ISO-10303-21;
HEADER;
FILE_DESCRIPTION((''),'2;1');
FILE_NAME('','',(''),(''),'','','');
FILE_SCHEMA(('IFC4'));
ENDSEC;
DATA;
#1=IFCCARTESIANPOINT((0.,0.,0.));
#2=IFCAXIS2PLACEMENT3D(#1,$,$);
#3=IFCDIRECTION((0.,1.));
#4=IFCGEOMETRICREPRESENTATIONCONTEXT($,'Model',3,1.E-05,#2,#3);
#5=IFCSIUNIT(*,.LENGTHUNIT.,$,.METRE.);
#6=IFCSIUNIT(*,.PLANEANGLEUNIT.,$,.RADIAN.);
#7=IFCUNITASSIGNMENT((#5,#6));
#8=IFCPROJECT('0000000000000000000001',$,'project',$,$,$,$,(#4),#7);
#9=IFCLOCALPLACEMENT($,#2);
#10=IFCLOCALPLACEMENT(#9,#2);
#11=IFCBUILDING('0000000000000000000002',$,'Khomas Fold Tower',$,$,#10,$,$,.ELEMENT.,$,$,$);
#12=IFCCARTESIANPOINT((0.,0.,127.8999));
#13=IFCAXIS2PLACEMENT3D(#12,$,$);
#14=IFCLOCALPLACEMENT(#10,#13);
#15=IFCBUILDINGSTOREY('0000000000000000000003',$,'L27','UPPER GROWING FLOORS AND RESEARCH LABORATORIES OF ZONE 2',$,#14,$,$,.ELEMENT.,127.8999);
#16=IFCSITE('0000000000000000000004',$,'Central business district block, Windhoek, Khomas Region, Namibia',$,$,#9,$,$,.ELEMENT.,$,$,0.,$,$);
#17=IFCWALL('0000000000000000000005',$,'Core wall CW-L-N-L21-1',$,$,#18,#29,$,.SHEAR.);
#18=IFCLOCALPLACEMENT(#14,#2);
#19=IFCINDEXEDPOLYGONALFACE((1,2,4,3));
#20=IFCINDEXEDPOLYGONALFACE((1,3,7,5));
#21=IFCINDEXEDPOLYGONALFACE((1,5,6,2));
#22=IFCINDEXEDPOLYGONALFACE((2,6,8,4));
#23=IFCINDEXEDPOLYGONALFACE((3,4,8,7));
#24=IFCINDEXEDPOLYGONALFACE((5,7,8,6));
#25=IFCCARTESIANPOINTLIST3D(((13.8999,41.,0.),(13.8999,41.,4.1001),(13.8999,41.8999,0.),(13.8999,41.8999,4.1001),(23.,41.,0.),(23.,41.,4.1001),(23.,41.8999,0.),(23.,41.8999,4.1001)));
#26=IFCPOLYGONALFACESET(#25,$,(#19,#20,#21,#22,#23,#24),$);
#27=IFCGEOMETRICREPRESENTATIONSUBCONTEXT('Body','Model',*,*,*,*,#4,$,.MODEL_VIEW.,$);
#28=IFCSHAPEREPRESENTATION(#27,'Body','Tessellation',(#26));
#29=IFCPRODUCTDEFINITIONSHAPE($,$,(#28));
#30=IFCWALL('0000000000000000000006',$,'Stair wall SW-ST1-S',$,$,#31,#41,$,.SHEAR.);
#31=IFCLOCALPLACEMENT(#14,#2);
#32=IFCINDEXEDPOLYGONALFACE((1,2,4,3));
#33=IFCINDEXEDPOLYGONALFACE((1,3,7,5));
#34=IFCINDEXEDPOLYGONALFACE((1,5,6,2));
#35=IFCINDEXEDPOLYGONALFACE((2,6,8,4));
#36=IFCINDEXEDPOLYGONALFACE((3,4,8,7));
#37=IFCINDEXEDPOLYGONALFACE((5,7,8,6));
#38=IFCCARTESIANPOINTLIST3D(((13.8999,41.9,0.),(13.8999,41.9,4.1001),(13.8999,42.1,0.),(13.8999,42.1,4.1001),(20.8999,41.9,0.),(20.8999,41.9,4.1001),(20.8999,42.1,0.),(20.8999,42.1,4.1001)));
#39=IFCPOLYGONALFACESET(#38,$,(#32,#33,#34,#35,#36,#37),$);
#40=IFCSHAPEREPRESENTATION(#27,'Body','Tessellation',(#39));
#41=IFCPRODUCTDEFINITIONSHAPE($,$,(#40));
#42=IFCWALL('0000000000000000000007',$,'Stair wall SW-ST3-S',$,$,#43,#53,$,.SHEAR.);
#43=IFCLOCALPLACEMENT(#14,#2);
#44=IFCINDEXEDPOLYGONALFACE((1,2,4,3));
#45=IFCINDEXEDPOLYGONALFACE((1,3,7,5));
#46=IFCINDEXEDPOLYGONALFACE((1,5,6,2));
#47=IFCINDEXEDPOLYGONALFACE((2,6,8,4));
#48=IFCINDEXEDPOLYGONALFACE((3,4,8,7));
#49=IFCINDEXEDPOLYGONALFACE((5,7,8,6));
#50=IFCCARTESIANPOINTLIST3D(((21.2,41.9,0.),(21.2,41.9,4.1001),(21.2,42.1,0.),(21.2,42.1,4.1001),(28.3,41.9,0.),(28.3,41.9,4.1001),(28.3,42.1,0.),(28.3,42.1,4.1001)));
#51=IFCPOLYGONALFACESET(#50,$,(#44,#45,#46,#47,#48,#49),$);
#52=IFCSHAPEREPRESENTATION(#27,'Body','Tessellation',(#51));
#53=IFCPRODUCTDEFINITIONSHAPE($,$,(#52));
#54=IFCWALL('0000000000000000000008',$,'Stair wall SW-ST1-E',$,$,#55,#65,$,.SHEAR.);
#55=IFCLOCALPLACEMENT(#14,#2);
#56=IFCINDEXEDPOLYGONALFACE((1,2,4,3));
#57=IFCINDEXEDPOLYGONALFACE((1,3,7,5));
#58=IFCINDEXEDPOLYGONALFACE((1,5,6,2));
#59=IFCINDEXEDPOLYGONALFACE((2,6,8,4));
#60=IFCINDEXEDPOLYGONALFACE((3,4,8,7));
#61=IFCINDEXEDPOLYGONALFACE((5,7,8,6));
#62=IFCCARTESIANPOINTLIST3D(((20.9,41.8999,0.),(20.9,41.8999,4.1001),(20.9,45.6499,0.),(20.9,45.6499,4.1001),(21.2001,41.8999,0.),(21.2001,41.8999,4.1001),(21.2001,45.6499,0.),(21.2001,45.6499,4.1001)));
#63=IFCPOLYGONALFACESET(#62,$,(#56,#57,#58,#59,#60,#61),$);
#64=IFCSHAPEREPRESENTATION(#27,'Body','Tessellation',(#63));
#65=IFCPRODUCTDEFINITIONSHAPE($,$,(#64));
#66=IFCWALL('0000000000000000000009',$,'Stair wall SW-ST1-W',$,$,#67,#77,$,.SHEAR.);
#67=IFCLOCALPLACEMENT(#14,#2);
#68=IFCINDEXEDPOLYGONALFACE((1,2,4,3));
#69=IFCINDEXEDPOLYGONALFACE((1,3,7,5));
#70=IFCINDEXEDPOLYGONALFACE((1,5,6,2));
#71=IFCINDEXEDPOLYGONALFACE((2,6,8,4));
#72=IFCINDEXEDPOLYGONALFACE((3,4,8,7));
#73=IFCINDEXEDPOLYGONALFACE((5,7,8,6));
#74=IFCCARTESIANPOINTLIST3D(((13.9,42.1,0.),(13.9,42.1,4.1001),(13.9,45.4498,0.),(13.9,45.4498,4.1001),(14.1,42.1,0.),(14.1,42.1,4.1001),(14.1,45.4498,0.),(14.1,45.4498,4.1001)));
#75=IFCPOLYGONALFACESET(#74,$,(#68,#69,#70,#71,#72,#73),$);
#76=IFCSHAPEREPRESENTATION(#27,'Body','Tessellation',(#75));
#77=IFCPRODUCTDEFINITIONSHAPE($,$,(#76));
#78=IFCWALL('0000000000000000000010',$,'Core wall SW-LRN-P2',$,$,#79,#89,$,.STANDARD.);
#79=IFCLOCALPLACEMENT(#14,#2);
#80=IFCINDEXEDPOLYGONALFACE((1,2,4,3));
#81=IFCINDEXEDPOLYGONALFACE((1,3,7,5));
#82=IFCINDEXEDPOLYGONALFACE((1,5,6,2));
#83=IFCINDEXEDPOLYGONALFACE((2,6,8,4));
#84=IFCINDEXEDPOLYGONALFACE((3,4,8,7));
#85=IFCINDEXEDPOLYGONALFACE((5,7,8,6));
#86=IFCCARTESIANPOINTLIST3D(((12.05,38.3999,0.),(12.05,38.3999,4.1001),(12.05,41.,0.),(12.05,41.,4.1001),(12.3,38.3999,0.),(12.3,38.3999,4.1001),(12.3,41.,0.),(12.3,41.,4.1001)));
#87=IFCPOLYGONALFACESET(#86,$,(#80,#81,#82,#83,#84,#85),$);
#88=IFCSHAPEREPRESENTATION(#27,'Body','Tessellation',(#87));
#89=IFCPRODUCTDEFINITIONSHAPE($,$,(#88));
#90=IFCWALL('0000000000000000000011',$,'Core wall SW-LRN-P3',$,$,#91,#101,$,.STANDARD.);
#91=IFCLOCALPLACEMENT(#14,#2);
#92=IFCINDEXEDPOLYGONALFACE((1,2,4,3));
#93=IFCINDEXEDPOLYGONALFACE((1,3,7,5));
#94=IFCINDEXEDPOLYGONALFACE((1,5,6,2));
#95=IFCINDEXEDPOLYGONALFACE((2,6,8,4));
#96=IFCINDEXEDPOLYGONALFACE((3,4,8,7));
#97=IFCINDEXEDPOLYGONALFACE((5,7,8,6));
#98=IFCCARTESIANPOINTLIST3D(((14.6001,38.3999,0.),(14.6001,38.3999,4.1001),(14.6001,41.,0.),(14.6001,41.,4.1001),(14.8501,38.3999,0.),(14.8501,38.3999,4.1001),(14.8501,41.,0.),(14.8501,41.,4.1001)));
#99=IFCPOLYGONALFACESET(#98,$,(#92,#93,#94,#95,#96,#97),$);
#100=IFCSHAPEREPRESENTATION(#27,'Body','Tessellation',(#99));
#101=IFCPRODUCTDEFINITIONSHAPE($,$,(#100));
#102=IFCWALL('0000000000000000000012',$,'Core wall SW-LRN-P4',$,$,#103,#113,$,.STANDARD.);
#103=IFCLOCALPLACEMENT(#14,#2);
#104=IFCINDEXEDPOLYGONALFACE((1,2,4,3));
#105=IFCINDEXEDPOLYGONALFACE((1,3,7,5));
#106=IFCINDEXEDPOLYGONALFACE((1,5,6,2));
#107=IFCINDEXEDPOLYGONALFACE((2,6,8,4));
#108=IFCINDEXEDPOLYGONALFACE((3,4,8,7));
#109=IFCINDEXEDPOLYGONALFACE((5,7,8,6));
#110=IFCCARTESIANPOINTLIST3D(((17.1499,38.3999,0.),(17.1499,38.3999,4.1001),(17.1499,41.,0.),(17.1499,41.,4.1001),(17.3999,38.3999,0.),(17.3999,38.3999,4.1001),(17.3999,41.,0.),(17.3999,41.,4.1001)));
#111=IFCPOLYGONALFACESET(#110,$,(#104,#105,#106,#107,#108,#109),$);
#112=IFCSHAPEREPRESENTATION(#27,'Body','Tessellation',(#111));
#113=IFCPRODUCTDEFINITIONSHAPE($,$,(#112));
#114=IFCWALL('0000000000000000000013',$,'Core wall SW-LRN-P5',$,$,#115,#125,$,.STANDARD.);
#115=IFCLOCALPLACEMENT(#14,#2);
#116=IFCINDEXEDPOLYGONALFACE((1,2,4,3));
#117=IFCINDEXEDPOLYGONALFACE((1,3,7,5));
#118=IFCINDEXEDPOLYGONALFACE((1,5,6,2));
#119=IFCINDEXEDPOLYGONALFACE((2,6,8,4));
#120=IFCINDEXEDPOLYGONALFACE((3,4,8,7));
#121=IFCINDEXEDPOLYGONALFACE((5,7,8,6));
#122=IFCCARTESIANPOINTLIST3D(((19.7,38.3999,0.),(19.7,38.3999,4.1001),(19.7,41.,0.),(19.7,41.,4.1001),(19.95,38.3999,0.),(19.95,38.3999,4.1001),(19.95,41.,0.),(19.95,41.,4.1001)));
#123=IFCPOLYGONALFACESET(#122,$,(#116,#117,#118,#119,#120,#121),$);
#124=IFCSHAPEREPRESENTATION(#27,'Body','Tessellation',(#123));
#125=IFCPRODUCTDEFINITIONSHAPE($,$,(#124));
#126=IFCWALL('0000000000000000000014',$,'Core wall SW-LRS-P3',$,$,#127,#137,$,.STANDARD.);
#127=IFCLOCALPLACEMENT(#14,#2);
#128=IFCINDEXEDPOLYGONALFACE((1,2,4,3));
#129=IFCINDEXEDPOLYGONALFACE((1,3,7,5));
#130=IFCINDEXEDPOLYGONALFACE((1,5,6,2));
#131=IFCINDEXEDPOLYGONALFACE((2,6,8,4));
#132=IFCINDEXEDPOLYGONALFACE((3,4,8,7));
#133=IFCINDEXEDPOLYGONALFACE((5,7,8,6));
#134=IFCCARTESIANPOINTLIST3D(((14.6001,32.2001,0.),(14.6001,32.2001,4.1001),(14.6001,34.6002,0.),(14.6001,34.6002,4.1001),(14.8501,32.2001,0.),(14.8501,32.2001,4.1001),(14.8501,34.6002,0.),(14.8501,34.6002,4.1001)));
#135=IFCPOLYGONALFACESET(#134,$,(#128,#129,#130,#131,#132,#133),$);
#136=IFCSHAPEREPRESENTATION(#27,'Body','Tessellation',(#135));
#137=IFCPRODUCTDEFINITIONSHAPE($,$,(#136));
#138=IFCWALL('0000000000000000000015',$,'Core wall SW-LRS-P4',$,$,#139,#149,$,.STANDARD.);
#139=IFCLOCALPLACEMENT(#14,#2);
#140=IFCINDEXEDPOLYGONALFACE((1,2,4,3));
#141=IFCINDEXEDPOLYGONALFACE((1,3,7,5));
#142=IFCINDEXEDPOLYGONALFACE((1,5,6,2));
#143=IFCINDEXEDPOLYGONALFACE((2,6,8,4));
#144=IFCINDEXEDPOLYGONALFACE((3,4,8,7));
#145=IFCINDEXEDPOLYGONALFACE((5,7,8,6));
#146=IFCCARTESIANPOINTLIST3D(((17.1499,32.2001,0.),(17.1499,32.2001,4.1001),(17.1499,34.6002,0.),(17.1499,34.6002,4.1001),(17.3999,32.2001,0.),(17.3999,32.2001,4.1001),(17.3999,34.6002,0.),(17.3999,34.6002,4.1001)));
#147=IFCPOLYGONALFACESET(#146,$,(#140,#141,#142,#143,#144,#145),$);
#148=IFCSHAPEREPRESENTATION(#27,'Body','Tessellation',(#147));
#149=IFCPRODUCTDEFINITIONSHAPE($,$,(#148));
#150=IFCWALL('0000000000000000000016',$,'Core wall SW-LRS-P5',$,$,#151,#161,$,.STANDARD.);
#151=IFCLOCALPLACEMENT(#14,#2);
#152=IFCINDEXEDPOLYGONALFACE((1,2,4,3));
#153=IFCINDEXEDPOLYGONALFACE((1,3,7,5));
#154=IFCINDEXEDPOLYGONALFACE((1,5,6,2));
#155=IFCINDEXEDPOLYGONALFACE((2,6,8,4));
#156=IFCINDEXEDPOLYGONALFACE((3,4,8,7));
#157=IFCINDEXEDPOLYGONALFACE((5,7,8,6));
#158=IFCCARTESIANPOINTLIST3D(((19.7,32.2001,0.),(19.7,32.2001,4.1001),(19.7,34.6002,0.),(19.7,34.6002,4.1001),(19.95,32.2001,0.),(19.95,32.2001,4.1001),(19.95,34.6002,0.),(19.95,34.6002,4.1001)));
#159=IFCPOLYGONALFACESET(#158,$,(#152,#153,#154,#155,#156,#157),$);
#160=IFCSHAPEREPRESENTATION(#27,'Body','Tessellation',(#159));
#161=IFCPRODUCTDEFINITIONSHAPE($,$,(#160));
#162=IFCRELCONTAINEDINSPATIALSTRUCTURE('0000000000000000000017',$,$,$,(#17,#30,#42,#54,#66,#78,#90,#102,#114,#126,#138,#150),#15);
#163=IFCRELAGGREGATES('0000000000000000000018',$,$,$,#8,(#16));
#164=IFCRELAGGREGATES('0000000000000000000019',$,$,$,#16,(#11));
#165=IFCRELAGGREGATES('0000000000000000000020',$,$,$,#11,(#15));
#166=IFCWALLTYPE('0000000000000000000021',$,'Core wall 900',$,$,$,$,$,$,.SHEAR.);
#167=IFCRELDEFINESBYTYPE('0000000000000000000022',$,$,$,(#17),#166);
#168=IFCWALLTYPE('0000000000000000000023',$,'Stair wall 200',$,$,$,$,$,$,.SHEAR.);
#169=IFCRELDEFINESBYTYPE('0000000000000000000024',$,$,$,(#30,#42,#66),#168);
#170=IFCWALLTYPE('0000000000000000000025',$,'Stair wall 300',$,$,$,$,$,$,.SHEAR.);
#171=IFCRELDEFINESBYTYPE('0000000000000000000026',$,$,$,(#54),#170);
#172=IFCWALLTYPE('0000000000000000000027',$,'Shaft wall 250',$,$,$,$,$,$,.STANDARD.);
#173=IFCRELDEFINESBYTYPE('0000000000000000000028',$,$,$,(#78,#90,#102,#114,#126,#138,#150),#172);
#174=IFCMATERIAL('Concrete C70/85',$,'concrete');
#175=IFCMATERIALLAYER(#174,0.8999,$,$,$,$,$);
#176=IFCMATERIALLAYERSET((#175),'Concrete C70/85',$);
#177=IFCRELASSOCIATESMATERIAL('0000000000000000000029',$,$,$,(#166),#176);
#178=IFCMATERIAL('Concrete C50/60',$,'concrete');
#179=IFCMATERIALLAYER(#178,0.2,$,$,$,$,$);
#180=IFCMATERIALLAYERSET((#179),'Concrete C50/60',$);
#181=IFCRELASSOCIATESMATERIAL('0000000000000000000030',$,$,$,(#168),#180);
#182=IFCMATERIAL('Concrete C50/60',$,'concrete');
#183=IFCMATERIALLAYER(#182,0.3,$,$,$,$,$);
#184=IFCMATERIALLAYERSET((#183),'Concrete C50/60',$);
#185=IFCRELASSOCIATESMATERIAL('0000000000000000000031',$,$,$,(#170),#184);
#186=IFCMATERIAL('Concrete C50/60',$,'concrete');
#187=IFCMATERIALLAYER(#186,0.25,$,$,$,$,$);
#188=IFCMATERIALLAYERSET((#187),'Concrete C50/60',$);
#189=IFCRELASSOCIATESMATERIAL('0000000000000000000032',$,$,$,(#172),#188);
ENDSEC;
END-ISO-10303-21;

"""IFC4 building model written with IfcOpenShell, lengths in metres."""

from ifc_helpers import new_model, si_unit, direction, frame, frame_2d, origin, place, context, subcontext, project, spatial, rectangle, extrude, source, transform, mapped, material, layer, layer_set, type_object, element, save


model = new_model("IFC4")

# Units and contexts
model_context = context("Model", 3, precision=1e-05, world=origin(), true_north=direction((0.0, 1.0)))
body_context = subcontext(model_context, "Body", "Model", "MODEL_VIEW")
ifc_project = project(units=[si_unit("LENGTHUNIT", "METRE"), si_unit("PLANEANGLEUNIT", "RADIAN")], contexts=[model_context])

# Site, building, storey
site_placement = place(None, origin())
site = spatial("IfcSite", under=ifc_project, at=site_placement, Name="Central business district block, Windhoek, Khomas Region, Namibia", CompositionType="ELEMENT", RefElevation=0.0)
building_placement = place(site_placement, origin())
building = spatial("IfcBuilding", under=site, at=building_placement, Name="Khomas Fold Tower", CompositionType="ELEMENT")
storey_placement = place(building_placement, frame((0.0, 0.0, 127.8999)))
storey = spatial("IfcBuildingStorey", under=building, at=storey_placement, Name="L27", Description="UPPER GROWING FLOORS AND RESEARCH LABORATORIES OF ZONE 2", CompositionType="ELEMENT", Elevation=127.8999)

# Walls
ifc_material_1 = material(Name="Concrete C70/85", Category="concrete")
ifc_layer_1 = layer(ifc_material_1, 0.8999)
ifc_layer_set_1 = layer_set([ifc_layer_1], Name="Concrete C70/85")
wall_type_1 = type_object("IfcWallType", Name="Core wall 900", PredefinedType="SHEAR", material=ifc_layer_set_1)
shared_shape_1 = source(origin(), body_context, "Body", "SweptSolid", [
    extrude(rectangle(XDim=9.1001, YDim=0.8999, at=frame_2d((4.55, 0.0))), origin(), (0.0, 0.0, 1.0), 4.1001),
])
wall_1_placement = place(storey_placement, frame((13.8999, 41.45, 0.0), z_axis=(0.0, 0.0, 1.0), x_axis=(1.0, 0.0, 0.0)))
element("IfcWall", 1, at=wall_1_placement, inside=storey, type_object=wall_type_1, Name="Core wall CW-L-N-L21-1", PredefinedType="SHEAR", context=body_context, shape_type="MappedRepresentation", body=[
    mapped(shared_shape_1, transform((0.0, 0.0, 0.0))),
])
ifc_material_2 = material(Name="Concrete C50/60", Category="concrete")
ifc_layer_2 = layer(ifc_material_2, 0.2)
ifc_layer_set_2 = layer_set([ifc_layer_2], Name="Concrete C50/60")
wall_type_2 = type_object("IfcWallType", Name="Stair wall 200", PredefinedType="SHEAR", material=ifc_layer_set_2)
shared_shape_2 = source(origin(), body_context, "Body", "SweptSolid", [
    extrude(rectangle(XDim=7.0, YDim=0.2, at=frame_2d((3.5, 0.0))), origin(), (0.0, 0.0, 1.0), 4.1001),
])
wall_2_placement = place(storey_placement, frame((13.8999, 42.0, 0.0), z_axis=(0.0, 0.0, 1.0), x_axis=(1.0, 0.0, 0.0)))
element("IfcWall", 2, at=wall_2_placement, inside=storey, type_object=wall_type_2, Name="Stair wall SW-ST1-S", PredefinedType="SHEAR", context=body_context, shape_type="MappedRepresentation", body=[
    mapped(shared_shape_2, transform((0.0, 0.0, 0.0))),
])
shared_shape_3 = source(origin(), body_context, "Body", "SweptSolid", [
    extrude(rectangle(XDim=7.1001, YDim=0.2, at=frame_2d((3.55, 0.0))), origin(), (0.0, 0.0, 1.0), 4.1001),
])
wall_3_placement = place(storey_placement, frame((21.2, 42.0, 0.0), z_axis=(0.0, 0.0, 1.0), x_axis=(1.0, 0.0, 0.0)))
element("IfcWall", 3, at=wall_3_placement, inside=storey, type_object=wall_type_2, Name="Stair wall SW-ST3-S", PredefinedType="SHEAR", context=body_context, shape_type="MappedRepresentation", body=[
    mapped(shared_shape_3, transform((0.0, 0.0, 0.0))),
])
ifc_material_3 = material(Name="Concrete C50/60", Category="concrete")
ifc_layer_3 = layer(ifc_material_3, 0.3)
ifc_layer_set_3 = layer_set([ifc_layer_3], Name="Concrete C50/60")
wall_type_3 = type_object("IfcWallType", Name="Stair wall 300", PredefinedType="SHEAR", material=ifc_layer_set_3)
shared_shape_4 = source(origin(), body_context, "Body", "SweptSolid", [
    extrude(rectangle(XDim=3.75, YDim=0.3, at=frame_2d((1.875, 0.0))), origin(), (0.0, 0.0, 1.0), 4.1001),
])
wall_4_placement = place(storey_placement, frame((21.05, 41.8999, 0.0), z_axis=(0.0, 0.0, 1.0), x_axis=(0.0, 1.0, 0.0)))
element("IfcWall", 4, at=wall_4_placement, inside=storey, type_object=wall_type_3, Name="Stair wall SW-ST1-E", PredefinedType="SHEAR", context=body_context, shape_type="MappedRepresentation", body=[
    mapped(shared_shape_4, transform((0.0, 0.0, 0.0))),
])
shared_shape_5 = source(origin(), body_context, "Body", "SweptSolid", [
    extrude(rectangle(XDim=3.3499, YDim=0.2, at=frame_2d((1.6748, 0.0))), origin(), (0.0, 0.0, 1.0), 4.1001),
])
wall_5_placement = place(storey_placement, frame((14.0, 42.1001, 0.0), z_axis=(0.0, 0.0, 1.0), x_axis=(0.0, 1.0, 0.0)))
element("IfcWall", 5, at=wall_5_placement, inside=storey, type_object=wall_type_2, Name="Stair wall SW-ST1-W", PredefinedType="SHEAR", context=body_context, shape_type="MappedRepresentation", body=[
    mapped(shared_shape_5, transform((0.0, 0.0, 0.0))),
])
ifc_material_4 = material(Name="Concrete C50/60", Category="concrete")
ifc_layer_4 = layer(ifc_material_4, 0.25)
ifc_layer_set_4 = layer_set([ifc_layer_4], Name="Concrete C50/60")
wall_type_4 = type_object("IfcWallType", Name="Shaft wall 250", PredefinedType="STANDARD", material=ifc_layer_set_4)
shared_shape_6 = source(origin(), body_context, "Body", "SweptSolid", [
    extrude(rectangle(XDim=2.6001, YDim=0.25, at=frame_2d((1.3, 0.0))), origin(), (0.0, 0.0, 1.0), 4.1001),
])
for number, where, z_axis, x_axis, name in (
    (6, (12.175, 38.3999, 0.0), (0.0, 0.0, 1.0), (0.0, 1.0, 0.0), "Core wall SW-LRN-P2"),
    (7, (14.7251, 38.3999, 0.0), (0.0, 0.0, 1.0), (0.0, 1.0, 0.0), "Core wall SW-LRN-P3"),
    (8, (17.2749, 38.3999, 0.0), (0.0, 0.0, 1.0), (0.0, 1.0, 0.0), "Core wall SW-LRN-P4"),
    (9, (19.825, 38.3999, 0.0), (0.0, 0.0, 1.0), (0.0, 1.0, 0.0), "Core wall SW-LRN-P5"),
):
    element("IfcWall", number, at=place(storey_placement, frame(where, z_axis=z_axis, x_axis=x_axis)), inside=storey, type_object=wall_type_4, Name=name, PredefinedType="STANDARD", context=body_context, shape_type="MappedRepresentation", body=[
        mapped(shared_shape_6, transform((0.0, 0.0, 0.0))),
    ])
shared_shape_7 = source(origin(), body_context, "Body", "SweptSolid", [
    extrude(rectangle(XDim=2.4001, YDim=0.25, at=frame_2d((1.2002, 0.0))), origin(), (0.0, 0.0, 1.0), 4.1001),
])
for number, where, z_axis, x_axis, name in (
    (10, (14.7251, 32.2, 0.0), (0.0, 0.0, 1.0), (0.0, 1.0, 0.0), "Core wall SW-LRS-P3"),
    (11, (17.2749, 32.2, 0.0), (0.0, 0.0, 1.0), (0.0, 1.0, 0.0), "Core wall SW-LRS-P4"),
    (12, (19.825, 32.2, 0.0), (0.0, 0.0, 1.0), (0.0, 1.0, 0.0), "Core wall SW-LRS-P5"),
):
    element("IfcWall", number, at=place(storey_placement, frame(where, z_axis=z_axis, x_axis=x_axis)), inside=storey, type_object=wall_type_4, Name=name, PredefinedType="STANDARD", context=body_context, shape_type="MappedRepresentation", body=[
        mapped(shared_shape_7, transform((0.0, 0.0, 0.0))),
    ])

save(model, "model.ifc")
